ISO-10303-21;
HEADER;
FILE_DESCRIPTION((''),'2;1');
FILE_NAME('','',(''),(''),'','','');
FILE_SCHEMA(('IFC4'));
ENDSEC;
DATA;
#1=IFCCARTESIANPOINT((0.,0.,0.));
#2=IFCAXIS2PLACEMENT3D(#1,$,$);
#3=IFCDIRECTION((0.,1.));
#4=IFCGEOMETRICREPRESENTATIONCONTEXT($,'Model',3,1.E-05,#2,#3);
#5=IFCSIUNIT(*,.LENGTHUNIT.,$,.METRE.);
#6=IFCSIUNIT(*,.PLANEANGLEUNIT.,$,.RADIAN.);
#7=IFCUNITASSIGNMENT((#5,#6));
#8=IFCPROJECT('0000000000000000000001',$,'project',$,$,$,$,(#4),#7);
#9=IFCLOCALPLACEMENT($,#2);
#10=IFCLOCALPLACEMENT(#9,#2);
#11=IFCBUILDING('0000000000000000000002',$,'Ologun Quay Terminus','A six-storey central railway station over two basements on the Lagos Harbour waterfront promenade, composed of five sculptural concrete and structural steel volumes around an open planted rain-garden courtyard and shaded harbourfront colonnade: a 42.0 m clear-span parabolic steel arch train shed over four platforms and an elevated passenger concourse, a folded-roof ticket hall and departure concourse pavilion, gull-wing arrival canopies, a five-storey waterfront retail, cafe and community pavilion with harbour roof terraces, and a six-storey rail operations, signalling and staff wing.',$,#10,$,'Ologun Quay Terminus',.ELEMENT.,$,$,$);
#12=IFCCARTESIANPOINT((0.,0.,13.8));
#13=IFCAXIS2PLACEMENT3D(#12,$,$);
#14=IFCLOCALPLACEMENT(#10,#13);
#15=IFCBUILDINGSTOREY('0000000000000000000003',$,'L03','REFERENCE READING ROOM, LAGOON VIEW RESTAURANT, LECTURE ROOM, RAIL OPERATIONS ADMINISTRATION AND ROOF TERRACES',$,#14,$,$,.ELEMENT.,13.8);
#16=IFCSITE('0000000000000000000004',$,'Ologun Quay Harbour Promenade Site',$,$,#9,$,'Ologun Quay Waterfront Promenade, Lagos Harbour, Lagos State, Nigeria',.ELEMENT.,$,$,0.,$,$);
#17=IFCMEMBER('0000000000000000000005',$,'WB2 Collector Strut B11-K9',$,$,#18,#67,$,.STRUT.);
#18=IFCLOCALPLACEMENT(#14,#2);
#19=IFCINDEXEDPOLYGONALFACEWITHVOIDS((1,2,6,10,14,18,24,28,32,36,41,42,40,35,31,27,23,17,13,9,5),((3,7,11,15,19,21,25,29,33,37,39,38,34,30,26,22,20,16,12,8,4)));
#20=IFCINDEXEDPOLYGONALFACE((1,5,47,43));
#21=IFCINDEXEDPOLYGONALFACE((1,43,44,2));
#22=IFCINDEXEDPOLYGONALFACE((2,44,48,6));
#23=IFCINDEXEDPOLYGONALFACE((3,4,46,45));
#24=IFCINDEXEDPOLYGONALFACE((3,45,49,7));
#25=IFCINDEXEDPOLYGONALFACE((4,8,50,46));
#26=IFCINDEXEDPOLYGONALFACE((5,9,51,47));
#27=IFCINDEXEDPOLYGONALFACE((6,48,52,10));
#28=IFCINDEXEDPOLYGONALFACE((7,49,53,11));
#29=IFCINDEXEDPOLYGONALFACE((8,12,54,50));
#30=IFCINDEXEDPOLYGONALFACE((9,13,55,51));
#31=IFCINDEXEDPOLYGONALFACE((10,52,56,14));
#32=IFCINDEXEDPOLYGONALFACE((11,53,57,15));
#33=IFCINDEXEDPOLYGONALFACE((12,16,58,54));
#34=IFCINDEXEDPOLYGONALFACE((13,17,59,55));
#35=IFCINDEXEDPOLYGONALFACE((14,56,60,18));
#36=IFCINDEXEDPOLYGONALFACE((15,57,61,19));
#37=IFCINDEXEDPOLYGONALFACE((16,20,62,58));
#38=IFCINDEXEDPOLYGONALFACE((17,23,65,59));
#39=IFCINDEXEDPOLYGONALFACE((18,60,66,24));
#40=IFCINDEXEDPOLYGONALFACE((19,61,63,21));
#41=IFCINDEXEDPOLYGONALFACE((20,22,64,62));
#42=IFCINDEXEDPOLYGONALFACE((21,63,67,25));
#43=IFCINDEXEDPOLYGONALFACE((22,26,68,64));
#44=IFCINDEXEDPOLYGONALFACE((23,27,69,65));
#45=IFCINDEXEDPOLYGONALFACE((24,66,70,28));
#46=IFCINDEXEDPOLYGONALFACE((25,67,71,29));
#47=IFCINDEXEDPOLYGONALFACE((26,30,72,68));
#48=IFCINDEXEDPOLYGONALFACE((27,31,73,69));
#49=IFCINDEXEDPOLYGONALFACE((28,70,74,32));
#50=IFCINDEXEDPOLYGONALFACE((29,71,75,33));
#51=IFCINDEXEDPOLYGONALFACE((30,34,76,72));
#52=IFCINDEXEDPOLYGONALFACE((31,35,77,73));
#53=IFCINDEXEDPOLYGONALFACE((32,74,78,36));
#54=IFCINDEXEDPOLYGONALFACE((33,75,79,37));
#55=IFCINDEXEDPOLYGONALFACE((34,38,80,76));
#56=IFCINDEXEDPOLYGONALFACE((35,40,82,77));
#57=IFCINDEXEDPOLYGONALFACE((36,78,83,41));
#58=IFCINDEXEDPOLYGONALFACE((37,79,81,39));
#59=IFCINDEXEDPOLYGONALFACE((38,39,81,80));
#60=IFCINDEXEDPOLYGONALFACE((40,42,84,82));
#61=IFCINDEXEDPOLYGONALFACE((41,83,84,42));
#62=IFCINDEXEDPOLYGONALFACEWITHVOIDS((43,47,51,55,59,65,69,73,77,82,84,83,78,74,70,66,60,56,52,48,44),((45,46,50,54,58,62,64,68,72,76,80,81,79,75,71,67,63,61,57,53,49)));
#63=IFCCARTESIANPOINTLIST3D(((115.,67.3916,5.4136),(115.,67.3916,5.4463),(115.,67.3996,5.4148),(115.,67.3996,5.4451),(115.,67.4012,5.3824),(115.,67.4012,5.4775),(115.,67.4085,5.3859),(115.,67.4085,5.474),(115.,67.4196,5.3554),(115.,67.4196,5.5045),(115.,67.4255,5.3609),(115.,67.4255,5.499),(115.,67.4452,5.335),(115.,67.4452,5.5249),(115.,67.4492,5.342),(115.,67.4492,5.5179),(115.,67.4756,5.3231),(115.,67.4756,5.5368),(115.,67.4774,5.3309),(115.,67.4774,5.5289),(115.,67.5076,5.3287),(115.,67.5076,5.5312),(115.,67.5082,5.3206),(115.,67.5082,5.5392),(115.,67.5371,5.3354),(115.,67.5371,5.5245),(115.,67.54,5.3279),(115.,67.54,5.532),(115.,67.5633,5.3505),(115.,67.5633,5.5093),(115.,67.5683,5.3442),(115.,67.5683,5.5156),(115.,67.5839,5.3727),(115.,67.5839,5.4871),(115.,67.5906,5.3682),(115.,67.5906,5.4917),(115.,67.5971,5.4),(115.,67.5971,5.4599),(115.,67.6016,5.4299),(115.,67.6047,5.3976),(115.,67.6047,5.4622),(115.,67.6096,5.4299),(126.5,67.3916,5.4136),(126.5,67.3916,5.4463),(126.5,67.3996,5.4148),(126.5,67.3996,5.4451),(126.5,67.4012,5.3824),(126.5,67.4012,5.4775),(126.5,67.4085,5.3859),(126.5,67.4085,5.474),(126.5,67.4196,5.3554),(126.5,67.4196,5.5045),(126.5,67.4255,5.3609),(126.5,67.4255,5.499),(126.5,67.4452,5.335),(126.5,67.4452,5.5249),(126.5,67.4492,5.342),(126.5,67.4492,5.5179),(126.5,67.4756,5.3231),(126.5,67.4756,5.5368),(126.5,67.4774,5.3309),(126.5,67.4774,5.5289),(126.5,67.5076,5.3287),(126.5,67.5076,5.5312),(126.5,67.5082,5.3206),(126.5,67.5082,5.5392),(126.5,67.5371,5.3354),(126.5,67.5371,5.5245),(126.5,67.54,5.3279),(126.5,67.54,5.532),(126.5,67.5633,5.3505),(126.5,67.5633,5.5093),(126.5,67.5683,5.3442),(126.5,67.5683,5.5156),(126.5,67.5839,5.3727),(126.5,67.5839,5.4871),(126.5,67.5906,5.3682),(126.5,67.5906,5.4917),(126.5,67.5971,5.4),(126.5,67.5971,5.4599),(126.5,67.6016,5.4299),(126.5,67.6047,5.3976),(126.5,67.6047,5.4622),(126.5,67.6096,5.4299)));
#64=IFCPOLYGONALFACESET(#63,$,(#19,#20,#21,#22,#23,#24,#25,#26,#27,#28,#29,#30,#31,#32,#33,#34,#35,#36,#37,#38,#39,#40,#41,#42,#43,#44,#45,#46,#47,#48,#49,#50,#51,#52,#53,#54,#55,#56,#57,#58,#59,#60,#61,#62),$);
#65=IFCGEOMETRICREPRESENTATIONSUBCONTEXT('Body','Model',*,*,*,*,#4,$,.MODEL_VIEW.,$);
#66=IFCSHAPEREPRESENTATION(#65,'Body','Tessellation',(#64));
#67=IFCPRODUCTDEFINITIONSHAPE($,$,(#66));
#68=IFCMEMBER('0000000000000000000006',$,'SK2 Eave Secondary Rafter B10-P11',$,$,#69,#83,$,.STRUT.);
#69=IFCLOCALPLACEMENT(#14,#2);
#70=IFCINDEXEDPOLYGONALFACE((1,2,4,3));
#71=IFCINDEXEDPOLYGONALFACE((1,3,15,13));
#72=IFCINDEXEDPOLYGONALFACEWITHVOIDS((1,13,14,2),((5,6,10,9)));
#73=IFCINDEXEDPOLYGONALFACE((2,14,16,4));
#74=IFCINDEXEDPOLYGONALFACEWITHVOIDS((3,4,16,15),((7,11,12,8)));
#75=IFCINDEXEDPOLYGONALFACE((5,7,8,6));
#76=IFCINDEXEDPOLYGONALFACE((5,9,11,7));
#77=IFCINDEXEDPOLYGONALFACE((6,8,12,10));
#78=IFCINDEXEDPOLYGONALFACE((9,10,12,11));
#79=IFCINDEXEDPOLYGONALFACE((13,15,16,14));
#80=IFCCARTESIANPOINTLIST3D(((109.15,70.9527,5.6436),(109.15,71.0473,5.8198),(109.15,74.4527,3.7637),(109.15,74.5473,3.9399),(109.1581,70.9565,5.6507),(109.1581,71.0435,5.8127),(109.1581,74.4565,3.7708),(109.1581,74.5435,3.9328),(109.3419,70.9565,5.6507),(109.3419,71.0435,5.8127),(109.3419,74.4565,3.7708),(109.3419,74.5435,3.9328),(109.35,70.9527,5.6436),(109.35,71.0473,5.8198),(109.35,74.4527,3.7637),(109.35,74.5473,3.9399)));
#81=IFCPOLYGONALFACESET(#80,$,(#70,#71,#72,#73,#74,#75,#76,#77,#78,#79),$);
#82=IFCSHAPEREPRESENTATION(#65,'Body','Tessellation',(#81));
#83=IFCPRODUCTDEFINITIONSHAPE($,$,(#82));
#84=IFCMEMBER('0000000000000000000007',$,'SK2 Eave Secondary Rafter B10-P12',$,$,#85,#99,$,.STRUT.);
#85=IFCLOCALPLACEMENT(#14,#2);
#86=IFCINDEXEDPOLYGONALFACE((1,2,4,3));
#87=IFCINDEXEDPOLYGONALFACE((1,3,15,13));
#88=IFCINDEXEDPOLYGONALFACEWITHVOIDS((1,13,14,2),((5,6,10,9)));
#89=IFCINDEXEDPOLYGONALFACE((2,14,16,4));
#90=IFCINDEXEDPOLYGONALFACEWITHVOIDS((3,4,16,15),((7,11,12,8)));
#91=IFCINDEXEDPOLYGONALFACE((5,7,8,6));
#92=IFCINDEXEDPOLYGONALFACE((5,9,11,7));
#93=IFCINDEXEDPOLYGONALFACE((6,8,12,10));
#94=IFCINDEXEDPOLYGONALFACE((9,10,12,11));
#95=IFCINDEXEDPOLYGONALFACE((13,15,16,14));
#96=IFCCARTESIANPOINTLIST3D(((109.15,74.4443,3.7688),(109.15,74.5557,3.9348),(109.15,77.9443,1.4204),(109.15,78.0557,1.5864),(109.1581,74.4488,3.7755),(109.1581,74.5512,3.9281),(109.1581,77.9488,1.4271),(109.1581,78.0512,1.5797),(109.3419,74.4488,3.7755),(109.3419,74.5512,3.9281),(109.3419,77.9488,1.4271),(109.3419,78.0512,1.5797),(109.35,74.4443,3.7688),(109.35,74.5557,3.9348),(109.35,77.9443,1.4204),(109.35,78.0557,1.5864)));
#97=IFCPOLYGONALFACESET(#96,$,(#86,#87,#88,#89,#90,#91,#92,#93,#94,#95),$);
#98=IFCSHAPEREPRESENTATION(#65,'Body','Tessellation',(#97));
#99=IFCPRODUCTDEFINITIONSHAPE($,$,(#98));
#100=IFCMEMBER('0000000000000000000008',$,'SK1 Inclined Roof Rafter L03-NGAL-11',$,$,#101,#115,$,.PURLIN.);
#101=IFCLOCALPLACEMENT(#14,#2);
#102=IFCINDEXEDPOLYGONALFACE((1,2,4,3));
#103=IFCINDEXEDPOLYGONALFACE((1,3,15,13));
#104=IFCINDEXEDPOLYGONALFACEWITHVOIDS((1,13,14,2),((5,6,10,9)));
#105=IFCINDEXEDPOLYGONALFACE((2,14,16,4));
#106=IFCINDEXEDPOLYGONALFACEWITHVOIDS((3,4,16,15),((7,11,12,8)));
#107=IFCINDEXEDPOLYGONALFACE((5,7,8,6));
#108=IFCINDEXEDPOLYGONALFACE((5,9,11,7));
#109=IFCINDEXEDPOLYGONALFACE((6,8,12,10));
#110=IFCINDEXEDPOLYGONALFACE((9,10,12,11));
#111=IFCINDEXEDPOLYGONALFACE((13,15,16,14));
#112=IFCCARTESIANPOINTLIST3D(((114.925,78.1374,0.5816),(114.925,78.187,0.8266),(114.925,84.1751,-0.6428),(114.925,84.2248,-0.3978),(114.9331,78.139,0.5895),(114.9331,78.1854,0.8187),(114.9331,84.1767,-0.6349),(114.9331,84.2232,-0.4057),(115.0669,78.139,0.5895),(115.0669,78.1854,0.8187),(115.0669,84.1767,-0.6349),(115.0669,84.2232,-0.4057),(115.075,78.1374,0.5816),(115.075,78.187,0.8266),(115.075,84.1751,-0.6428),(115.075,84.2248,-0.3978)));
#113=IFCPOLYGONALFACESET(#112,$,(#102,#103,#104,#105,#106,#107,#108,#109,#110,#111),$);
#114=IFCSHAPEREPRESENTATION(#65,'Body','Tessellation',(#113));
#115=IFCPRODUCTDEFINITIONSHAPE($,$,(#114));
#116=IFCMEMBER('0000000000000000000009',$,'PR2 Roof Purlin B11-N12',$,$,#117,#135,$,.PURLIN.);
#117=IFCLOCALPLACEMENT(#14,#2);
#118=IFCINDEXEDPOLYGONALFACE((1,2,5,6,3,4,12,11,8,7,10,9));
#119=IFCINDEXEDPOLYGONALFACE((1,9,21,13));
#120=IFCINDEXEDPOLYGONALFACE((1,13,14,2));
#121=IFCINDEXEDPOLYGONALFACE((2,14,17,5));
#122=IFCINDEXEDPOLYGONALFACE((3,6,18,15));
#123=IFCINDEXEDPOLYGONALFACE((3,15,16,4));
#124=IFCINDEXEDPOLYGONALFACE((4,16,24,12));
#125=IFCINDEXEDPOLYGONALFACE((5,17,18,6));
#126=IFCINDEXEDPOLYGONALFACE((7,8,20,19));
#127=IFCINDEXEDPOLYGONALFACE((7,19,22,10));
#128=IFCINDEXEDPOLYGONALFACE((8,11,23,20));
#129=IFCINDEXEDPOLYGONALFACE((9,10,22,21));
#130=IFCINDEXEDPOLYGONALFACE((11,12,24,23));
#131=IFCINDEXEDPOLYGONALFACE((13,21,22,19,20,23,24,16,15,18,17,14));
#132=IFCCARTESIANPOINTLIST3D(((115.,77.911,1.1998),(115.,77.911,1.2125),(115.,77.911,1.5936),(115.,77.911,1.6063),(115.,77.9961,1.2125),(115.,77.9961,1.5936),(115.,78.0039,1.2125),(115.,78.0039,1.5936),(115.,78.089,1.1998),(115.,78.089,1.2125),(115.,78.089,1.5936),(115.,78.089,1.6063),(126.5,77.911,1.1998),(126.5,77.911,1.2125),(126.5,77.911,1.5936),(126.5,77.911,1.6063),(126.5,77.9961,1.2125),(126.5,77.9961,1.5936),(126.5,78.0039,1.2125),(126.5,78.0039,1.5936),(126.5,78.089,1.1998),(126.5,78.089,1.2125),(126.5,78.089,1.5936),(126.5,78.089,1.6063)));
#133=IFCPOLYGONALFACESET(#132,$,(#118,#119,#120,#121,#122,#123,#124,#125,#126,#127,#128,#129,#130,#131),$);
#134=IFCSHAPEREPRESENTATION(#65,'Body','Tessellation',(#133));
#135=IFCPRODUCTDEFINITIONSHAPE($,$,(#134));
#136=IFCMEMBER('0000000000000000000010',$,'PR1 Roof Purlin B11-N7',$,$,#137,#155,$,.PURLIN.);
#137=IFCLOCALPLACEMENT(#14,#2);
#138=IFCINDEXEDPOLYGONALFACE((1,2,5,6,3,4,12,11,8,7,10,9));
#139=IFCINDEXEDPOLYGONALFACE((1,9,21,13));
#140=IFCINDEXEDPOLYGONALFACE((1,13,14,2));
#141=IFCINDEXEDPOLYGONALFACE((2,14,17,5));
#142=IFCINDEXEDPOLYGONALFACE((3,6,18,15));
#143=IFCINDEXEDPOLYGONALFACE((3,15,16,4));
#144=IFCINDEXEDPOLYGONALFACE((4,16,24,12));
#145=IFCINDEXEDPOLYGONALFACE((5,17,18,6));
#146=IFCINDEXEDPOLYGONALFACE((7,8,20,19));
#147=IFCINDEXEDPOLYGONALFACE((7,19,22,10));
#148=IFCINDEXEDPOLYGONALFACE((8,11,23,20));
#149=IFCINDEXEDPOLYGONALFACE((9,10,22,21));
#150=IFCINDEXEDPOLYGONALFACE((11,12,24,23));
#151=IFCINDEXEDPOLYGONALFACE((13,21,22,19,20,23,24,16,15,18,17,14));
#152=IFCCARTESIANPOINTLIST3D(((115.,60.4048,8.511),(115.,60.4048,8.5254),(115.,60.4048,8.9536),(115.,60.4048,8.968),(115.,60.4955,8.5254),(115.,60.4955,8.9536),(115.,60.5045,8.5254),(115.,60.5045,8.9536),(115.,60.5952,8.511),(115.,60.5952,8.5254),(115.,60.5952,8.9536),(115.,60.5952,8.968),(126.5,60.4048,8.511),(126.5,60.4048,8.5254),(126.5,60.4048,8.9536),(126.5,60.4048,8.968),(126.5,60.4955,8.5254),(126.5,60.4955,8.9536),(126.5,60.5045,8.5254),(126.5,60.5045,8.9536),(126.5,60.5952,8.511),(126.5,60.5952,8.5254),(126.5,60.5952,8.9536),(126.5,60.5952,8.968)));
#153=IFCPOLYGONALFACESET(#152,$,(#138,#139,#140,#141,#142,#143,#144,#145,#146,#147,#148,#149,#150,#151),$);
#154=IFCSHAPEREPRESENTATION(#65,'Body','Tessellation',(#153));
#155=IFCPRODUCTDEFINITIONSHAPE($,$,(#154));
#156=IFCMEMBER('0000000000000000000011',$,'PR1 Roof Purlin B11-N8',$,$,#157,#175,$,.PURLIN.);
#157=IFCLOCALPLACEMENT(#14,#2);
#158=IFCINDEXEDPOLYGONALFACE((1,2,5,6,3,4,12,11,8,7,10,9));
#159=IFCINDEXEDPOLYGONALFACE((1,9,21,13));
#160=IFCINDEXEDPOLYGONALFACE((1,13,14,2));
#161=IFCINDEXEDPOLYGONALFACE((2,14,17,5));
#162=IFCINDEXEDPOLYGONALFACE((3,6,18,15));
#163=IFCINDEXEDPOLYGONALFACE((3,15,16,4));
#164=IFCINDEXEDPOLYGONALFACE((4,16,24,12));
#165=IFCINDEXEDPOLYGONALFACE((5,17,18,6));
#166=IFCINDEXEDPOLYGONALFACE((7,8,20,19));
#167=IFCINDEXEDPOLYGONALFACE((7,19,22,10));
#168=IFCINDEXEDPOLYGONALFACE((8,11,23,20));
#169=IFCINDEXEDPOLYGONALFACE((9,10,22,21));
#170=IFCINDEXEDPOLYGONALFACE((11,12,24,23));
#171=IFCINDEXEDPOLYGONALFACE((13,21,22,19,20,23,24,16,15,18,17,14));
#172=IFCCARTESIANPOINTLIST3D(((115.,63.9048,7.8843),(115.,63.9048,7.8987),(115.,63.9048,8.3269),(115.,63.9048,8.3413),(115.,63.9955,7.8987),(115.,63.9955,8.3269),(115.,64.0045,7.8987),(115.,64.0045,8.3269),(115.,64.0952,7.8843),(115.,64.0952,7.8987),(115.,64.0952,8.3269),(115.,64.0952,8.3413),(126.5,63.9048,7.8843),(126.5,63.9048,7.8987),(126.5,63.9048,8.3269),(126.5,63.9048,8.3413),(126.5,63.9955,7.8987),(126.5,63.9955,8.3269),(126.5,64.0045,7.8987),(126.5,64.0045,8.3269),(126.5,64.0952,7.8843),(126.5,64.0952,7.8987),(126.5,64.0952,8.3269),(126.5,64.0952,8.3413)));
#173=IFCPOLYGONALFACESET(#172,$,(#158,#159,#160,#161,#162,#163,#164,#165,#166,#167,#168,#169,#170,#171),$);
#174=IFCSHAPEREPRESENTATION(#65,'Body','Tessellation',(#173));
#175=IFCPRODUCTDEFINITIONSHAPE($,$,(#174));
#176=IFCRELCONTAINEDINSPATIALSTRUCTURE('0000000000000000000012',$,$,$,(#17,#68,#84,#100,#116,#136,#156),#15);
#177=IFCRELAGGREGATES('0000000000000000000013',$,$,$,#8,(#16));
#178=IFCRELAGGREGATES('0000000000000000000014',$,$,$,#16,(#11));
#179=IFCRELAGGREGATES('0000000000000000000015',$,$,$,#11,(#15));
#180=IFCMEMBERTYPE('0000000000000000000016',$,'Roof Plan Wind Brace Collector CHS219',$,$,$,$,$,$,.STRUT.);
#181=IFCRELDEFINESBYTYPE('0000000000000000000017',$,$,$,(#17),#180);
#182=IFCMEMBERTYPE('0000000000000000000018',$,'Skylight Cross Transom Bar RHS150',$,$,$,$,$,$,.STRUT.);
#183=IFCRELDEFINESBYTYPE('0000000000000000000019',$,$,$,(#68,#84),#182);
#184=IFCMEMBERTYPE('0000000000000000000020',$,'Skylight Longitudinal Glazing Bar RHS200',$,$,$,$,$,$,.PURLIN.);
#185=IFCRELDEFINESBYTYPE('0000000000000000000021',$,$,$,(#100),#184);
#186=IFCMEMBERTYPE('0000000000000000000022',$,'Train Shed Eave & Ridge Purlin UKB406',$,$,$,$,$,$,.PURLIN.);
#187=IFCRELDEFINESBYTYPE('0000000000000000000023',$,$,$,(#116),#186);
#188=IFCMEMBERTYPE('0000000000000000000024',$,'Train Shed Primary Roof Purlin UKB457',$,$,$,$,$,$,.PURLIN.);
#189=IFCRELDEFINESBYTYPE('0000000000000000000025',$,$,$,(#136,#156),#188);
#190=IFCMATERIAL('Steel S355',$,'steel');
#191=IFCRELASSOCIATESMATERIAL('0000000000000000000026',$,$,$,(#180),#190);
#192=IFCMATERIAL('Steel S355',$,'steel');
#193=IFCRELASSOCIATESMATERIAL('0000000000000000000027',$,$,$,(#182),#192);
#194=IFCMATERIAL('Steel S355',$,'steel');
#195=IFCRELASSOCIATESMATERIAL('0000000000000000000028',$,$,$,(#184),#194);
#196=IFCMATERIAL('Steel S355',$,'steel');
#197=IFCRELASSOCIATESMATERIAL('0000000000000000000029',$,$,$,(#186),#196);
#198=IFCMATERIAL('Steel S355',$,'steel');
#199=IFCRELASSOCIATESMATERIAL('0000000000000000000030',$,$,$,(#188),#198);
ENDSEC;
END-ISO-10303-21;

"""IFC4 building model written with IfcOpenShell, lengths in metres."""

from ifc_helpers import new_model, si_unit, direction, frame, origin, origin_2d, place, context, subcontext, project, spatial, hollow_rectangle, hollow_circle, i_section, extrude, material, material_profile, profile_set, type_object, element, save


model = new_model("IFC4")

# Units and contexts
model_context = context("Model", 3, precision=1e-05, world=origin(), true_north=direction((0.0, 1.0)))
body_context = subcontext(model_context, "Body", "Model", "MODEL_VIEW")
ifc_project = project(units=[si_unit("LENGTHUNIT", "METRE"), si_unit("PLANEANGLEUNIT", "RADIAN")], contexts=[model_context])

# Site, building, storey
site_placement = place(None, origin())
site = spatial("IfcSite", under=ifc_project, at=site_placement, Name="Ologun Quay Harbour Promenade Site", LongName="Ologun Quay Waterfront Promenade, Lagos Harbour, Lagos State, Nigeria", CompositionType="ELEMENT", RefElevation=0.0)
building_placement = place(site_placement, origin())
building = spatial("IfcBuilding", under=site, at=building_placement, Name="Ologun Quay Terminus", Description="A six-storey central railway station over two basements on the Lagos Harbour waterfront promenade, composed of five sculptural concrete and structural steel volumes around an open planted rain-garden courtyard and shaded harbourfront colonnade: a 42.0 m clear-span parabolic steel arch train shed over four platforms and an elevated passenger concourse, a folded-roof ticket hall and departure concourse pavilion, gull-wing arrival canopies, a five-storey waterfront retail, cafe and community pavilion with harbour roof terraces, and a six-storey rail operations, signalling and staff wing.", LongName="Ologun Quay Terminus", CompositionType="ELEMENT")
storey_placement = place(building_placement, frame((0.0, 0.0, 13.8)))
storey = spatial("IfcBuildingStorey", under=building, at=storey_placement, Name="L03", Description="REFERENCE READING ROOM, LAGOON VIEW RESTAURANT, LECTURE ROOM, RAIL OPERATIONS ADMINISTRATION AND ROOF TERRACES", CompositionType="ELEMENT", Elevation=13.8)

# Members
ifc_material_1 = material(Name="Steel S355", Category="steel")
ifc_material_profile_1 = material_profile(ifc_material_1, hollow_circle(Radius=0.1096, WallThickness=0.0081, at=origin_2d()), Name="CHS 219.1x8")
ifc_profile_set_1 = profile_set([ifc_material_profile_1], Name="Steel S355")
member_type_1 = type_object("IfcMemberType", Name="Roof Plan Wind Brace Collector CHS219", PredefinedType="STRUT", material=ifc_profile_set_1)
member_1_placement = place(storey_placement, frame((115.0, 67.5, 5.4299), z_axis=(1.0, 0.0, 0.0), x_axis=(0.0, 1.0, 0.0)))
element("IfcMember", 1, at=member_1_placement, inside=storey, type_object=member_type_1, Name="WB2 Collector Strut B11-K9", PredefinedType="STRUT", context=body_context, shape_type="SweptSolid", body=[
    extrude(hollow_circle(Radius=0.1096, WallThickness=0.0081, at=origin_2d()), origin(), (0.0, 0.0, 1.0), 11.5),
])
ifc_material_2 = material(Name="Steel S355", Category="steel")
ifc_material_profile_2 = material_profile(ifc_material_2, hollow_rectangle(XDim=0.2, YDim=0.2, WallThickness=0.0081, at=origin_2d()), Name="SHS 200x200x8")
ifc_profile_set_2 = profile_set([ifc_material_profile_2], Name="Steel S355")
member_type_2 = type_object("IfcMemberType", Name="Skylight Cross Transom Bar RHS150", PredefinedType="STRUT", material=ifc_profile_set_2)
member_2_placement = place(storey_placement, frame((109.25, 71.0, 5.7317), z_axis=(0.0, 0.880968, -0.473176), x_axis=(-1.0, 0.0, 0.0)))
element("IfcMember", 2, at=member_2_placement, inside=storey, type_object=member_type_2, Name="SK2 Eave Secondary Rafter B10-P11", PredefinedType="STRUT", context=body_context, shape_type="SweptSolid", body=[
    extrude(hollow_rectangle(XDim=0.2, YDim=0.2, WallThickness=0.0081, at=origin_2d()), origin(), (0.0, 0.0, 1.0), 3.9729),
])
member_3_placement = place(storey_placement, frame((109.25, 74.5, 3.8518), z_axis=(0.0, 0.830398, -0.557171), x_axis=(-1.0, 0.0, 0.0)))
element("IfcMember", 3, at=member_3_placement, inside=storey, type_object=member_type_2, Name="SK2 Eave Secondary Rafter B10-P12", PredefinedType="STRUT", context=body_context, shape_type="SweptSolid", body=[
    extrude(hollow_rectangle(XDim=0.2, YDim=0.2, WallThickness=0.0081, at=origin_2d()), origin(), (0.0, 0.0, 1.0), 4.2148),
])
ifc_material_3 = material(Name="Steel S355", Category="steel")
ifc_material_profile_3 = material_profile(ifc_material_3, hollow_rectangle(XDim=0.1499, YDim=0.25, WallThickness=0.0081, at=origin_2d()), Name="RHS 250x150x8")
ifc_profile_set_3 = profile_set([ifc_material_profile_3], Name="Steel S355")
member_type_3 = type_object("IfcMemberType", Name="Skylight Longitudinal Glazing Bar RHS200", PredefinedType="PURLIN", material=ifc_profile_set_3)
member_4_placement = place(storey_placement, frame((115.0, 84.2, -0.5203), z_axis=(0.0, -0.980053, 0.198737), x_axis=(1.0, 0.0, 0.0)))
element("IfcMember", 4, at=member_4_placement, inside=storey, type_object=member_type_3, Name="SK1 Inclined Roof Rafter L03-NGAL-11", PredefinedType="PURLIN", context=body_context, shape_type="SweptSolid", body=[
    extrude(hollow_rectangle(XDim=0.1499, YDim=0.25, WallThickness=0.0081, at=origin_2d()), origin(), (0.0, 0.0, 1.0), 6.1606),
])
ifc_material_4 = material(Name="Steel S355", Category="steel")
ifc_material_profile_4 = material_profile(ifc_material_4, i_section(OverallWidth=0.178, OverallDepth=0.4065, WebThickness=0.0078, FlangeThickness=0.0127, at=origin_2d()), Name="UKB 406x178x60")
ifc_profile_set_4 = profile_set([ifc_material_profile_4], Name="Steel S355")
member_type_4 = type_object("IfcMemberType", Name="Train Shed Eave & Ridge Purlin UKB406", PredefinedType="PURLIN", material=ifc_profile_set_4)
member_5_placement = place(storey_placement, frame((115.0, 78.0, 1.4031), z_axis=(1.0, 0.0, 0.0), x_axis=(0.0, 1.0, 0.0)))
element("IfcMember", 5, at=member_5_placement, inside=storey, type_object=member_type_4, Name="PR2 Roof Purlin B11-N12", PredefinedType="PURLIN", context=body_context, shape_type="SweptSolid", body=[
    extrude(i_section(OverallWidth=0.178, OverallDepth=0.4065, WebThickness=0.0078, FlangeThickness=0.0127, at=origin_2d()), origin(), (0.0, 0.0, 1.0), 11.5),
])
ifc_material_5 = material(Name="Steel S355", Category="steel")
ifc_material_profile_5 = material_profile(ifc_material_5, i_section(OverallWidth=0.1904, OverallDepth=0.457, WebThickness=0.009, FlangeThickness=0.0144, at=origin_2d()), Name="UKB 457x191x74")
ifc_profile_set_5 = profile_set([ifc_material_profile_5], Name="Steel S355")
member_type_5 = type_object("IfcMemberType", Name="Train Shed Primary Roof Purlin UKB457", PredefinedType="PURLIN", material=ifc_profile_set_5)
for number, where, z_axis, x_axis, name in (
    (6, (115.0, 60.5, 8.7395), (1.0, 0.0, 0.0), (0.0, 1.0, 0.0), "PR1 Roof Purlin B11-N7"),
    (7, (115.0, 64.0, 8.1128), (1.0, 0.0, 0.0), (0.0, 1.0, 0.0), "PR1 Roof Purlin B11-N8"),
):
    element("IfcMember", number, at=place(storey_placement, frame(where, z_axis=z_axis, x_axis=x_axis)), inside=storey, type_object=member_type_5, Name=name, PredefinedType="PURLIN", context=body_context, shape_type="SweptSolid", body=[
        extrude(i_section(OverallWidth=0.1904, OverallDepth=0.457, WebThickness=0.009, FlangeThickness=0.0144, at=origin_2d()), origin(), (0.0, 0.0, 1.0), 11.5),
    ])

save(model, "model.ifc")
